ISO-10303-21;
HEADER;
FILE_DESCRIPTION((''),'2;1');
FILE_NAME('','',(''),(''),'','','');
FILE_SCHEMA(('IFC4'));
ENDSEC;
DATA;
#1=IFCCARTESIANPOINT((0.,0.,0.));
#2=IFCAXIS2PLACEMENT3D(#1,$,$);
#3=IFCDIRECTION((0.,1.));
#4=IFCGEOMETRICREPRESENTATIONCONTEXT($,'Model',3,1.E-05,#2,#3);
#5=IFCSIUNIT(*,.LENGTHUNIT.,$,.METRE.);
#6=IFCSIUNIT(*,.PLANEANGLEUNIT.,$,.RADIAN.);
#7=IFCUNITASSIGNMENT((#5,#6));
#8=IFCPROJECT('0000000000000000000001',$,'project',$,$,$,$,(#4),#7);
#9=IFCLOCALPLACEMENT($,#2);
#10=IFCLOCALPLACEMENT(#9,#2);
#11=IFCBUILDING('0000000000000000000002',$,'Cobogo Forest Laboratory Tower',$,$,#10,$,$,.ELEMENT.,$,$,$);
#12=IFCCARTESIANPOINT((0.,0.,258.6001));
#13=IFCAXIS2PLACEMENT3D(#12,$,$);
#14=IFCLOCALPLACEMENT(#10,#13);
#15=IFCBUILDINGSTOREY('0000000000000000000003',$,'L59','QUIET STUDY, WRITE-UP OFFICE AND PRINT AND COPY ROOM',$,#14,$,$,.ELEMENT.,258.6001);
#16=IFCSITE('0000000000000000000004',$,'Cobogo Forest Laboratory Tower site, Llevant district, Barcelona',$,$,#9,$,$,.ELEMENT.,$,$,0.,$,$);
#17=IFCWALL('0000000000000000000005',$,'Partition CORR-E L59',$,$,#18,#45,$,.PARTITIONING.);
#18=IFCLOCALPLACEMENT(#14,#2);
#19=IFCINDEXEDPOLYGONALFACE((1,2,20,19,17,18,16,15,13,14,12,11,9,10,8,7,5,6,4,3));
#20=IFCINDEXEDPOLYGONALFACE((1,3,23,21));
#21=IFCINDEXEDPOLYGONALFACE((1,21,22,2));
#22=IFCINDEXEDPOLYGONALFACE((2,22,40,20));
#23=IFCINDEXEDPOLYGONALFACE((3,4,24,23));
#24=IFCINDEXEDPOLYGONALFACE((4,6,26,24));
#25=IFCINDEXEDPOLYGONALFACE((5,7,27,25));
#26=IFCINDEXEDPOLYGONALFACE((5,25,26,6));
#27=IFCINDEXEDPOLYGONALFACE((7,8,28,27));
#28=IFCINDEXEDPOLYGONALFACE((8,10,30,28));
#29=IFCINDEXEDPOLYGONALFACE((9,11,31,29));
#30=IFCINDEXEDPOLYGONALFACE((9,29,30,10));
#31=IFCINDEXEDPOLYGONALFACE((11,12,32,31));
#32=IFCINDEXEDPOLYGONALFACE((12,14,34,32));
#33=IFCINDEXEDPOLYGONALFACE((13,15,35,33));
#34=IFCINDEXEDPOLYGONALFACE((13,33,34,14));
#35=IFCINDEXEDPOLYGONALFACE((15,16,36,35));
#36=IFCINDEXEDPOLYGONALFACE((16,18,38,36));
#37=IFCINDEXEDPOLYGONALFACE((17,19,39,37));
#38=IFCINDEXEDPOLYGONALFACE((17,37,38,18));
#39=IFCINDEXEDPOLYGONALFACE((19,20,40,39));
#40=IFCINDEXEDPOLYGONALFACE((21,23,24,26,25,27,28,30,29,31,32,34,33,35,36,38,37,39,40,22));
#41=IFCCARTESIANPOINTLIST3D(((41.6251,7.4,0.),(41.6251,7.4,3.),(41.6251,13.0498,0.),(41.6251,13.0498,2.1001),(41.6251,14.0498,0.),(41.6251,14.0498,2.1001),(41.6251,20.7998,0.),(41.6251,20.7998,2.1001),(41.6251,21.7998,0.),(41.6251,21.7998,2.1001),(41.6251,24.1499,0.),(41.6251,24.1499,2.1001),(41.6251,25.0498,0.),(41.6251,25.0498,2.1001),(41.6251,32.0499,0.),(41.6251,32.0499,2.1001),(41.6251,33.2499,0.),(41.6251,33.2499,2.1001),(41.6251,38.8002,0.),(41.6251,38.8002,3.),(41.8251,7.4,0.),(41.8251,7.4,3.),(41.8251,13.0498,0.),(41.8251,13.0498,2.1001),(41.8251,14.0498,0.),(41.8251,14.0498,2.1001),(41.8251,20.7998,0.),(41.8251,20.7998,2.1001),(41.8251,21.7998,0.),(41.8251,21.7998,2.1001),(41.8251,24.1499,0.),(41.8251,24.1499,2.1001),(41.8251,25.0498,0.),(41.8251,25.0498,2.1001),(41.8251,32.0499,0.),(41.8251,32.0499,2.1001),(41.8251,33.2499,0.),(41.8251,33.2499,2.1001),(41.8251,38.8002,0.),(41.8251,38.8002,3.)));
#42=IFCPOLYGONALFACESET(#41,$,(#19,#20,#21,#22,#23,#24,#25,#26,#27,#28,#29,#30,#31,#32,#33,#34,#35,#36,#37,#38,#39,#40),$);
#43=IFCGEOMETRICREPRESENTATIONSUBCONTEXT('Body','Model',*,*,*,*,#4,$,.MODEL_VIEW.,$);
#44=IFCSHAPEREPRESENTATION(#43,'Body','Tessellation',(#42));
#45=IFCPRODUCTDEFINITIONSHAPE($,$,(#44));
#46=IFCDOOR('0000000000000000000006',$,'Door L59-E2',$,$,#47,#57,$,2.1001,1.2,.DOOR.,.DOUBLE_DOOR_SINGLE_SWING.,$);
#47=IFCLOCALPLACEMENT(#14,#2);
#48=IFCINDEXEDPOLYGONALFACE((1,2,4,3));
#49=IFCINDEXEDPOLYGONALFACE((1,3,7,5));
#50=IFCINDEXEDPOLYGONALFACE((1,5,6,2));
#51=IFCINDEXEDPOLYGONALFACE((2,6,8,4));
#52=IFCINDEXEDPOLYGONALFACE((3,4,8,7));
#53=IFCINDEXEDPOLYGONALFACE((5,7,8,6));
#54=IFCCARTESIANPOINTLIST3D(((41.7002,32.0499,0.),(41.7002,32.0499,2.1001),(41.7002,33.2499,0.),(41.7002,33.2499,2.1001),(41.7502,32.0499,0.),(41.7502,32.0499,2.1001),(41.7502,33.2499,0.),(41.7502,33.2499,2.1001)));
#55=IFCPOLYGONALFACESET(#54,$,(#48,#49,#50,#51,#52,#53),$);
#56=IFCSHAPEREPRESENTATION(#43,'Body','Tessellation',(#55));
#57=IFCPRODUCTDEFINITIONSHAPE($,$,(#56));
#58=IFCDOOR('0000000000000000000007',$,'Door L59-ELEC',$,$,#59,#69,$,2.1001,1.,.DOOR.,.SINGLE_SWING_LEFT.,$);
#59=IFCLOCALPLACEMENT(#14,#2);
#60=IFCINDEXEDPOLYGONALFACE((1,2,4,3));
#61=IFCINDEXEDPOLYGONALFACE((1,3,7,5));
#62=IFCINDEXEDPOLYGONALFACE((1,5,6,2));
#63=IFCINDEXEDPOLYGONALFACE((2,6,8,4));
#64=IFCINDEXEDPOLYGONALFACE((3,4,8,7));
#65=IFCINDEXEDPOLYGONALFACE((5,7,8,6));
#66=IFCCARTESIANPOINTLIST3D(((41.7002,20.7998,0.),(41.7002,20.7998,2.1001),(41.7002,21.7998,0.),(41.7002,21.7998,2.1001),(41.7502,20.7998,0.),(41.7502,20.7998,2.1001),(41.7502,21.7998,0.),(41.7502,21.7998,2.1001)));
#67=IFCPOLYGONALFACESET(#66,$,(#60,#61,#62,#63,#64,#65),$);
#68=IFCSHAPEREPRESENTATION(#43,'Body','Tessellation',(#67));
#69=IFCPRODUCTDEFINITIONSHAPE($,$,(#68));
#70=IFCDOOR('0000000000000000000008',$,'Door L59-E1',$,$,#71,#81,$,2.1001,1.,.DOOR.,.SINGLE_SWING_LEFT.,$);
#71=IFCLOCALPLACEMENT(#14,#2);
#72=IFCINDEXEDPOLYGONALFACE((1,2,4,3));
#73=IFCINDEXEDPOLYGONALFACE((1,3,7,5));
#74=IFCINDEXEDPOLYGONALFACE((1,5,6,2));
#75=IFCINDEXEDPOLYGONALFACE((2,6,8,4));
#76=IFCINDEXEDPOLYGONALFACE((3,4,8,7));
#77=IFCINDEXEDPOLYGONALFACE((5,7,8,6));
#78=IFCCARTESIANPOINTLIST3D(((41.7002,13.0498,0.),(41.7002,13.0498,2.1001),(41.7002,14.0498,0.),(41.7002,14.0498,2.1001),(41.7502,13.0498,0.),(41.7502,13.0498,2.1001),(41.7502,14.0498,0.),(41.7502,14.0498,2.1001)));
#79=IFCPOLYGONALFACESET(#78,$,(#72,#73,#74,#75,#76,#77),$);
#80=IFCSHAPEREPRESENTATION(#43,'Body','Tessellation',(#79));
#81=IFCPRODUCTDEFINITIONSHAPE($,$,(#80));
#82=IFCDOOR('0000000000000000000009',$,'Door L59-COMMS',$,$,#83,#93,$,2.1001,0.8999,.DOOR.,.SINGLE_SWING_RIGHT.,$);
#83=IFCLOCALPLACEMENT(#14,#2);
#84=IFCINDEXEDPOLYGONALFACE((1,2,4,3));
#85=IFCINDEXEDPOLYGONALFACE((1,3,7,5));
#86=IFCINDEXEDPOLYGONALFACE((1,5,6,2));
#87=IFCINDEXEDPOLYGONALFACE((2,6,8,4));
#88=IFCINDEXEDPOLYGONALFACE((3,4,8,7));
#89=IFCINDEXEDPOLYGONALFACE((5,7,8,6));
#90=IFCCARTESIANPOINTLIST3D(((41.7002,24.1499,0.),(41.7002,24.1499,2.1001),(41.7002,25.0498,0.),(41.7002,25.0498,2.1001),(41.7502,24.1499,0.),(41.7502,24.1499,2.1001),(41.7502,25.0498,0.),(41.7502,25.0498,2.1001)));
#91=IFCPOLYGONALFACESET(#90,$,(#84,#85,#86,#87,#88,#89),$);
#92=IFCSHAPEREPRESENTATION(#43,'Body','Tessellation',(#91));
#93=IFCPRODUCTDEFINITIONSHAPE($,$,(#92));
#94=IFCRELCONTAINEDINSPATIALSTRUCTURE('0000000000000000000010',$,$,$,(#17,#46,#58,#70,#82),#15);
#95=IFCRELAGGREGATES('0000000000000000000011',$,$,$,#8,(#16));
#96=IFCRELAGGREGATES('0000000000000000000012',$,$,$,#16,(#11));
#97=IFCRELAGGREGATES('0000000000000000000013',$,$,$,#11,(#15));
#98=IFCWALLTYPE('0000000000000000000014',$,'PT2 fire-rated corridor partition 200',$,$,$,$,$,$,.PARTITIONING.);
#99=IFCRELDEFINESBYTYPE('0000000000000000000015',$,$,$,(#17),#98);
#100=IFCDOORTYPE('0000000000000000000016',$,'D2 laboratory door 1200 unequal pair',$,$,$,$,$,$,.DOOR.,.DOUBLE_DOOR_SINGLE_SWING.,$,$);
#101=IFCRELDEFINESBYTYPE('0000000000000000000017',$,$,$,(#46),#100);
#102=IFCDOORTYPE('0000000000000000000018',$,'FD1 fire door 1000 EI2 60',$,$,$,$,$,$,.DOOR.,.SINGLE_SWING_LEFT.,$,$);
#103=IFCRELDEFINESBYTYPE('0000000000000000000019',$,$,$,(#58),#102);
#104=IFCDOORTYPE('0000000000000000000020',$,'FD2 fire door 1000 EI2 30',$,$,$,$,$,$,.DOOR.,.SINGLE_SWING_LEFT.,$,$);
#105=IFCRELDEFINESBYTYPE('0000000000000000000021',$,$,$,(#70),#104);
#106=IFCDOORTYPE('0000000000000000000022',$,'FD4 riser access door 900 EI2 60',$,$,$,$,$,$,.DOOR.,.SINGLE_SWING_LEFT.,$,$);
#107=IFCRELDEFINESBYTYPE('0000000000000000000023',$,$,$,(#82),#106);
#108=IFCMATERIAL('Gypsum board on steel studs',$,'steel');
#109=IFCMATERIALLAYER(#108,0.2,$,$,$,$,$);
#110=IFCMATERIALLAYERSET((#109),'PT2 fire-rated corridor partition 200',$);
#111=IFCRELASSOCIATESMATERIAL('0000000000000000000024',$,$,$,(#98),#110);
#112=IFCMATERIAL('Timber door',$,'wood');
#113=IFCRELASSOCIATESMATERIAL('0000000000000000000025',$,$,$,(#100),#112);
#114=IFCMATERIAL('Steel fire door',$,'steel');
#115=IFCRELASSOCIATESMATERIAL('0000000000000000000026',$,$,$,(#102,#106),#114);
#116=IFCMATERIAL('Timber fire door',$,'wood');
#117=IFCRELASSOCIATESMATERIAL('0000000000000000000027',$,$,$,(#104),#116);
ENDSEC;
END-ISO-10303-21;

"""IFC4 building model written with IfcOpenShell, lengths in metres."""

from ifc_helpers import new_model, si_unit, direction, frame, frame_2d, origin, place, context, subcontext, project, spatial, rectangle, extrude, material, layer, layer_set, type_object, element, fill, save


model = new_model("IFC4")

# Units and contexts
model_context = context("Model", 3, precision=1e-05, world=origin(), true_north=direction((0.0, 1.0)))
body_context = subcontext(model_context, "Body", "Model", "MODEL_VIEW")
ifc_project = project(units=[si_unit("LENGTHUNIT", "METRE"), si_unit("PLANEANGLEUNIT", "RADIAN")], contexts=[model_context])

# Site, building, storey
site_placement = place(None, origin())
site = spatial("IfcSite", under=ifc_project, at=site_placement, Name="Cobogo Forest Laboratory Tower site, Llevant district, Barcelona", CompositionType="ELEMENT", RefElevation=0.0)
building_placement = place(site_placement, origin())
building = spatial("IfcBuilding", under=site, at=building_placement, Name="Cobogo Forest Laboratory Tower", CompositionType="ELEMENT")
storey_placement = place(building_placement, frame((0.0, 0.0, 258.6001)))
storey = spatial("IfcBuildingStorey", under=building, at=storey_placement, Name="L59", Description="QUIET STUDY, WRITE-UP OFFICE AND PRINT AND COPY ROOM", CompositionType="ELEMENT", Elevation=258.6001)

# Shared definitions
ifc_material_1 = material(Name="Steel fire door", Category="steel")

# Shared definitions
ifc_material_2 = material(Name="Gypsum board on steel studs", Category="steel")

# Wall, openings, doors
ifc_layer_1 = layer(ifc_material_2, 0.2)
ifc_layer_set_1 = layer_set([ifc_layer_1], Name="PT2 fire-rated corridor partition 200")
wall_type_1 = type_object("IfcWallType", Name="PT2 fire-rated corridor partition 200", PredefinedType="PARTITIONING", material=ifc_layer_set_1)
wall_1_placement = place(storey_placement, frame((41.7251, 7.3999, 0.0), z_axis=(0.0, 0.0, 1.0), x_axis=(0.0, 1.0, 0.0)))
wall_1 = element("IfcWall", 1, at=wall_1_placement, inside=storey, type_object=wall_type_1, Name="Partition CORR-E L59", PredefinedType="PARTITIONING", context=body_context, shape_type="SweptSolid", body=[
    extrude(rectangle(XDim=31.4001, YDim=0.2, at=frame_2d((15.7002, 0.0))), origin(), (0.0, 0.0, 1.0), 3.0),
])
opening_1_placement = place(wall_1_placement, frame((5.6499, 0.0, 0.0)))
opening_1 = element("IfcOpeningElement", 2, at=opening_1_placement, cuts=wall_1, PredefinedType="OPENING", context=body_context, shape_type="SweptSolid", body=[
    extrude(rectangle(XDim=1.0, YDim=2.1001, at=frame_2d((0.5, 1.05))), frame((0.0, 0.1099, 0.0), z_axis=(0.0, -1.0, 0.0), x_axis=(1.0, 0.0, 0.0)), (0.0, 0.0, 1.0), 0.22),
])
opening_2_placement = place(wall_1_placement, frame((13.3999, 0.0, 0.0)))
opening_2 = element("IfcOpeningElement", 3, at=opening_2_placement, cuts=wall_1, PredefinedType="OPENING", context=body_context, shape_type="SweptSolid", body=[
    extrude(rectangle(XDim=1.0, YDim=2.1001, at=frame_2d((0.5, 1.05))), frame((0.0, 0.1099, 0.0), z_axis=(0.0, -1.0, 0.0), x_axis=(1.0, 0.0, 0.0)), (0.0, 0.0, 1.0), 0.22),
])
opening_3_placement = place(wall_1_placement, frame((16.75, 0.0, 0.0)))
opening_3 = element("IfcOpeningElement", 4, at=opening_3_placement, cuts=wall_1, PredefinedType="OPENING", context=body_context, shape_type="SweptSolid", body=[
    extrude(rectangle(XDim=0.8999, YDim=2.1001, at=frame_2d((0.45, 1.05))), frame((0.0, 0.1099, 0.0), z_axis=(0.0, -1.0, 0.0), x_axis=(1.0, 0.0, 0.0)), (0.0, 0.0, 1.0), 0.22),
])
opening_4_placement = place(wall_1_placement, frame((24.6499, 0.0, 0.0)))
opening_4 = element("IfcOpeningElement", 5, at=opening_4_placement, cuts=wall_1, PredefinedType="OPENING", context=body_context, shape_type="SweptSolid", body=[
    extrude(rectangle(XDim=1.2, YDim=2.1001, at=frame_2d((0.6001, 1.05))), frame((0.0, 0.1099, 0.0), z_axis=(0.0, -1.0, 0.0), x_axis=(1.0, 0.0, 0.0)), (0.0, 0.0, 1.0), 0.22),
])
ifc_material_3 = material(Name="Timber door", Category="wood")
door_type_1 = type_object("IfcDoorType", Name="D2 laboratory door 1200 unequal pair", OperationType="DOUBLE_DOOR_SINGLE_SWING", PredefinedType="DOOR", material=ifc_material_3)
door_1_placement = place(opening_4_placement, origin())
door_1 = element("IfcDoor", 6, at=door_1_placement, inside=storey, type_object=door_type_1, Name="Door L59-E2", OperationType="DOUBLE_DOOR_SINGLE_SWING", OverallHeight=2.1001, OverallWidth=1.2, PredefinedType="DOOR", context=body_context, shape_type="SweptSolid", body=[
    extrude(rectangle(XDim=1.2, YDim=2.1001, at=frame_2d((0.6001, 1.05))), frame((0.0, 0.0249, 0.0), z_axis=(0.0, -1.0, 0.0), x_axis=(1.0, 0.0, 0.0)), (0.0, 0.0, 1.0), 0.05),
])
fill(opening_4, door_1)
door_type_2 = type_object("IfcDoorType", Name="FD1 fire door 1000 EI2 60", OperationType="SINGLE_SWING_LEFT", PredefinedType="DOOR", material=ifc_material_1)
door_2_placement = place(opening_2_placement, origin())
door_2 = element("IfcDoor", 7, at=door_2_placement, inside=storey, type_object=door_type_2, Name="Door L59-ELEC", OperationType="SINGLE_SWING_LEFT", OverallHeight=2.1001, OverallWidth=1.0, PredefinedType="DOOR", context=body_context, shape_type="SweptSolid", body=[
    extrude(rectangle(XDim=1.0, YDim=2.1001, at=frame_2d((0.5, 1.05))), frame((0.0, 0.0249, 0.0), z_axis=(0.0, -1.0, 0.0), x_axis=(1.0, 0.0, 0.0)), (0.0, 0.0, 1.0), 0.05),
])
fill(opening_2, door_2)
ifc_material_4 = material(Name="Timber fire door", Category="wood")
door_type_3 = type_object("IfcDoorType", Name="FD2 fire door 1000 EI2 30", OperationType="SINGLE_SWING_LEFT", PredefinedType="DOOR", material=ifc_material_4)
door_3_placement = place(opening_1_placement, origin())
door_3 = element("IfcDoor", 8, at=door_3_placement, inside=storey, type_object=door_type_3, Name="Door L59-E1", OperationType="SINGLE_SWING_LEFT", OverallHeight=2.1001, OverallWidth=1.0, PredefinedType="DOOR", context=body_context, shape_type="SweptSolid", body=[
    extrude(rectangle(XDim=1.0, YDim=2.1001, at=frame_2d((0.5, 1.05))), frame((0.0, 0.0249, 0.0), z_axis=(0.0, -1.0, 0.0), x_axis=(1.0, 0.0, 0.0)), (0.0, 0.0, 1.0), 0.05),
])
fill(opening_1, door_3)
door_type_4 = type_object("IfcDoorType", Name="FD4 riser access door 900 EI2 60", OperationType="SINGLE_SWING_LEFT", PredefinedType="DOOR", material=ifc_material_1)
door_4_placement = place(opening_3_placement, origin())
door_4 = element("IfcDoor", 9, at=door_4_placement, inside=storey, type_object=door_type_4, Name="Door L59-COMMS", OperationType="SINGLE_SWING_RIGHT", OverallHeight=2.1001, OverallWidth=0.8999, PredefinedType="DOOR", context=body_context, shape_type="SweptSolid", body=[
    extrude(rectangle(XDim=0.8999, YDim=2.1001, at=frame_2d((0.45, 1.05))), frame((0.0, 0.0249, 0.0), z_axis=(0.0, -1.0, 0.0), x_axis=(1.0, 0.0, 0.0)), (0.0, 0.0, 1.0), 0.05),
])
fill(opening_3, door_4)

save(model, "model.ifc")
